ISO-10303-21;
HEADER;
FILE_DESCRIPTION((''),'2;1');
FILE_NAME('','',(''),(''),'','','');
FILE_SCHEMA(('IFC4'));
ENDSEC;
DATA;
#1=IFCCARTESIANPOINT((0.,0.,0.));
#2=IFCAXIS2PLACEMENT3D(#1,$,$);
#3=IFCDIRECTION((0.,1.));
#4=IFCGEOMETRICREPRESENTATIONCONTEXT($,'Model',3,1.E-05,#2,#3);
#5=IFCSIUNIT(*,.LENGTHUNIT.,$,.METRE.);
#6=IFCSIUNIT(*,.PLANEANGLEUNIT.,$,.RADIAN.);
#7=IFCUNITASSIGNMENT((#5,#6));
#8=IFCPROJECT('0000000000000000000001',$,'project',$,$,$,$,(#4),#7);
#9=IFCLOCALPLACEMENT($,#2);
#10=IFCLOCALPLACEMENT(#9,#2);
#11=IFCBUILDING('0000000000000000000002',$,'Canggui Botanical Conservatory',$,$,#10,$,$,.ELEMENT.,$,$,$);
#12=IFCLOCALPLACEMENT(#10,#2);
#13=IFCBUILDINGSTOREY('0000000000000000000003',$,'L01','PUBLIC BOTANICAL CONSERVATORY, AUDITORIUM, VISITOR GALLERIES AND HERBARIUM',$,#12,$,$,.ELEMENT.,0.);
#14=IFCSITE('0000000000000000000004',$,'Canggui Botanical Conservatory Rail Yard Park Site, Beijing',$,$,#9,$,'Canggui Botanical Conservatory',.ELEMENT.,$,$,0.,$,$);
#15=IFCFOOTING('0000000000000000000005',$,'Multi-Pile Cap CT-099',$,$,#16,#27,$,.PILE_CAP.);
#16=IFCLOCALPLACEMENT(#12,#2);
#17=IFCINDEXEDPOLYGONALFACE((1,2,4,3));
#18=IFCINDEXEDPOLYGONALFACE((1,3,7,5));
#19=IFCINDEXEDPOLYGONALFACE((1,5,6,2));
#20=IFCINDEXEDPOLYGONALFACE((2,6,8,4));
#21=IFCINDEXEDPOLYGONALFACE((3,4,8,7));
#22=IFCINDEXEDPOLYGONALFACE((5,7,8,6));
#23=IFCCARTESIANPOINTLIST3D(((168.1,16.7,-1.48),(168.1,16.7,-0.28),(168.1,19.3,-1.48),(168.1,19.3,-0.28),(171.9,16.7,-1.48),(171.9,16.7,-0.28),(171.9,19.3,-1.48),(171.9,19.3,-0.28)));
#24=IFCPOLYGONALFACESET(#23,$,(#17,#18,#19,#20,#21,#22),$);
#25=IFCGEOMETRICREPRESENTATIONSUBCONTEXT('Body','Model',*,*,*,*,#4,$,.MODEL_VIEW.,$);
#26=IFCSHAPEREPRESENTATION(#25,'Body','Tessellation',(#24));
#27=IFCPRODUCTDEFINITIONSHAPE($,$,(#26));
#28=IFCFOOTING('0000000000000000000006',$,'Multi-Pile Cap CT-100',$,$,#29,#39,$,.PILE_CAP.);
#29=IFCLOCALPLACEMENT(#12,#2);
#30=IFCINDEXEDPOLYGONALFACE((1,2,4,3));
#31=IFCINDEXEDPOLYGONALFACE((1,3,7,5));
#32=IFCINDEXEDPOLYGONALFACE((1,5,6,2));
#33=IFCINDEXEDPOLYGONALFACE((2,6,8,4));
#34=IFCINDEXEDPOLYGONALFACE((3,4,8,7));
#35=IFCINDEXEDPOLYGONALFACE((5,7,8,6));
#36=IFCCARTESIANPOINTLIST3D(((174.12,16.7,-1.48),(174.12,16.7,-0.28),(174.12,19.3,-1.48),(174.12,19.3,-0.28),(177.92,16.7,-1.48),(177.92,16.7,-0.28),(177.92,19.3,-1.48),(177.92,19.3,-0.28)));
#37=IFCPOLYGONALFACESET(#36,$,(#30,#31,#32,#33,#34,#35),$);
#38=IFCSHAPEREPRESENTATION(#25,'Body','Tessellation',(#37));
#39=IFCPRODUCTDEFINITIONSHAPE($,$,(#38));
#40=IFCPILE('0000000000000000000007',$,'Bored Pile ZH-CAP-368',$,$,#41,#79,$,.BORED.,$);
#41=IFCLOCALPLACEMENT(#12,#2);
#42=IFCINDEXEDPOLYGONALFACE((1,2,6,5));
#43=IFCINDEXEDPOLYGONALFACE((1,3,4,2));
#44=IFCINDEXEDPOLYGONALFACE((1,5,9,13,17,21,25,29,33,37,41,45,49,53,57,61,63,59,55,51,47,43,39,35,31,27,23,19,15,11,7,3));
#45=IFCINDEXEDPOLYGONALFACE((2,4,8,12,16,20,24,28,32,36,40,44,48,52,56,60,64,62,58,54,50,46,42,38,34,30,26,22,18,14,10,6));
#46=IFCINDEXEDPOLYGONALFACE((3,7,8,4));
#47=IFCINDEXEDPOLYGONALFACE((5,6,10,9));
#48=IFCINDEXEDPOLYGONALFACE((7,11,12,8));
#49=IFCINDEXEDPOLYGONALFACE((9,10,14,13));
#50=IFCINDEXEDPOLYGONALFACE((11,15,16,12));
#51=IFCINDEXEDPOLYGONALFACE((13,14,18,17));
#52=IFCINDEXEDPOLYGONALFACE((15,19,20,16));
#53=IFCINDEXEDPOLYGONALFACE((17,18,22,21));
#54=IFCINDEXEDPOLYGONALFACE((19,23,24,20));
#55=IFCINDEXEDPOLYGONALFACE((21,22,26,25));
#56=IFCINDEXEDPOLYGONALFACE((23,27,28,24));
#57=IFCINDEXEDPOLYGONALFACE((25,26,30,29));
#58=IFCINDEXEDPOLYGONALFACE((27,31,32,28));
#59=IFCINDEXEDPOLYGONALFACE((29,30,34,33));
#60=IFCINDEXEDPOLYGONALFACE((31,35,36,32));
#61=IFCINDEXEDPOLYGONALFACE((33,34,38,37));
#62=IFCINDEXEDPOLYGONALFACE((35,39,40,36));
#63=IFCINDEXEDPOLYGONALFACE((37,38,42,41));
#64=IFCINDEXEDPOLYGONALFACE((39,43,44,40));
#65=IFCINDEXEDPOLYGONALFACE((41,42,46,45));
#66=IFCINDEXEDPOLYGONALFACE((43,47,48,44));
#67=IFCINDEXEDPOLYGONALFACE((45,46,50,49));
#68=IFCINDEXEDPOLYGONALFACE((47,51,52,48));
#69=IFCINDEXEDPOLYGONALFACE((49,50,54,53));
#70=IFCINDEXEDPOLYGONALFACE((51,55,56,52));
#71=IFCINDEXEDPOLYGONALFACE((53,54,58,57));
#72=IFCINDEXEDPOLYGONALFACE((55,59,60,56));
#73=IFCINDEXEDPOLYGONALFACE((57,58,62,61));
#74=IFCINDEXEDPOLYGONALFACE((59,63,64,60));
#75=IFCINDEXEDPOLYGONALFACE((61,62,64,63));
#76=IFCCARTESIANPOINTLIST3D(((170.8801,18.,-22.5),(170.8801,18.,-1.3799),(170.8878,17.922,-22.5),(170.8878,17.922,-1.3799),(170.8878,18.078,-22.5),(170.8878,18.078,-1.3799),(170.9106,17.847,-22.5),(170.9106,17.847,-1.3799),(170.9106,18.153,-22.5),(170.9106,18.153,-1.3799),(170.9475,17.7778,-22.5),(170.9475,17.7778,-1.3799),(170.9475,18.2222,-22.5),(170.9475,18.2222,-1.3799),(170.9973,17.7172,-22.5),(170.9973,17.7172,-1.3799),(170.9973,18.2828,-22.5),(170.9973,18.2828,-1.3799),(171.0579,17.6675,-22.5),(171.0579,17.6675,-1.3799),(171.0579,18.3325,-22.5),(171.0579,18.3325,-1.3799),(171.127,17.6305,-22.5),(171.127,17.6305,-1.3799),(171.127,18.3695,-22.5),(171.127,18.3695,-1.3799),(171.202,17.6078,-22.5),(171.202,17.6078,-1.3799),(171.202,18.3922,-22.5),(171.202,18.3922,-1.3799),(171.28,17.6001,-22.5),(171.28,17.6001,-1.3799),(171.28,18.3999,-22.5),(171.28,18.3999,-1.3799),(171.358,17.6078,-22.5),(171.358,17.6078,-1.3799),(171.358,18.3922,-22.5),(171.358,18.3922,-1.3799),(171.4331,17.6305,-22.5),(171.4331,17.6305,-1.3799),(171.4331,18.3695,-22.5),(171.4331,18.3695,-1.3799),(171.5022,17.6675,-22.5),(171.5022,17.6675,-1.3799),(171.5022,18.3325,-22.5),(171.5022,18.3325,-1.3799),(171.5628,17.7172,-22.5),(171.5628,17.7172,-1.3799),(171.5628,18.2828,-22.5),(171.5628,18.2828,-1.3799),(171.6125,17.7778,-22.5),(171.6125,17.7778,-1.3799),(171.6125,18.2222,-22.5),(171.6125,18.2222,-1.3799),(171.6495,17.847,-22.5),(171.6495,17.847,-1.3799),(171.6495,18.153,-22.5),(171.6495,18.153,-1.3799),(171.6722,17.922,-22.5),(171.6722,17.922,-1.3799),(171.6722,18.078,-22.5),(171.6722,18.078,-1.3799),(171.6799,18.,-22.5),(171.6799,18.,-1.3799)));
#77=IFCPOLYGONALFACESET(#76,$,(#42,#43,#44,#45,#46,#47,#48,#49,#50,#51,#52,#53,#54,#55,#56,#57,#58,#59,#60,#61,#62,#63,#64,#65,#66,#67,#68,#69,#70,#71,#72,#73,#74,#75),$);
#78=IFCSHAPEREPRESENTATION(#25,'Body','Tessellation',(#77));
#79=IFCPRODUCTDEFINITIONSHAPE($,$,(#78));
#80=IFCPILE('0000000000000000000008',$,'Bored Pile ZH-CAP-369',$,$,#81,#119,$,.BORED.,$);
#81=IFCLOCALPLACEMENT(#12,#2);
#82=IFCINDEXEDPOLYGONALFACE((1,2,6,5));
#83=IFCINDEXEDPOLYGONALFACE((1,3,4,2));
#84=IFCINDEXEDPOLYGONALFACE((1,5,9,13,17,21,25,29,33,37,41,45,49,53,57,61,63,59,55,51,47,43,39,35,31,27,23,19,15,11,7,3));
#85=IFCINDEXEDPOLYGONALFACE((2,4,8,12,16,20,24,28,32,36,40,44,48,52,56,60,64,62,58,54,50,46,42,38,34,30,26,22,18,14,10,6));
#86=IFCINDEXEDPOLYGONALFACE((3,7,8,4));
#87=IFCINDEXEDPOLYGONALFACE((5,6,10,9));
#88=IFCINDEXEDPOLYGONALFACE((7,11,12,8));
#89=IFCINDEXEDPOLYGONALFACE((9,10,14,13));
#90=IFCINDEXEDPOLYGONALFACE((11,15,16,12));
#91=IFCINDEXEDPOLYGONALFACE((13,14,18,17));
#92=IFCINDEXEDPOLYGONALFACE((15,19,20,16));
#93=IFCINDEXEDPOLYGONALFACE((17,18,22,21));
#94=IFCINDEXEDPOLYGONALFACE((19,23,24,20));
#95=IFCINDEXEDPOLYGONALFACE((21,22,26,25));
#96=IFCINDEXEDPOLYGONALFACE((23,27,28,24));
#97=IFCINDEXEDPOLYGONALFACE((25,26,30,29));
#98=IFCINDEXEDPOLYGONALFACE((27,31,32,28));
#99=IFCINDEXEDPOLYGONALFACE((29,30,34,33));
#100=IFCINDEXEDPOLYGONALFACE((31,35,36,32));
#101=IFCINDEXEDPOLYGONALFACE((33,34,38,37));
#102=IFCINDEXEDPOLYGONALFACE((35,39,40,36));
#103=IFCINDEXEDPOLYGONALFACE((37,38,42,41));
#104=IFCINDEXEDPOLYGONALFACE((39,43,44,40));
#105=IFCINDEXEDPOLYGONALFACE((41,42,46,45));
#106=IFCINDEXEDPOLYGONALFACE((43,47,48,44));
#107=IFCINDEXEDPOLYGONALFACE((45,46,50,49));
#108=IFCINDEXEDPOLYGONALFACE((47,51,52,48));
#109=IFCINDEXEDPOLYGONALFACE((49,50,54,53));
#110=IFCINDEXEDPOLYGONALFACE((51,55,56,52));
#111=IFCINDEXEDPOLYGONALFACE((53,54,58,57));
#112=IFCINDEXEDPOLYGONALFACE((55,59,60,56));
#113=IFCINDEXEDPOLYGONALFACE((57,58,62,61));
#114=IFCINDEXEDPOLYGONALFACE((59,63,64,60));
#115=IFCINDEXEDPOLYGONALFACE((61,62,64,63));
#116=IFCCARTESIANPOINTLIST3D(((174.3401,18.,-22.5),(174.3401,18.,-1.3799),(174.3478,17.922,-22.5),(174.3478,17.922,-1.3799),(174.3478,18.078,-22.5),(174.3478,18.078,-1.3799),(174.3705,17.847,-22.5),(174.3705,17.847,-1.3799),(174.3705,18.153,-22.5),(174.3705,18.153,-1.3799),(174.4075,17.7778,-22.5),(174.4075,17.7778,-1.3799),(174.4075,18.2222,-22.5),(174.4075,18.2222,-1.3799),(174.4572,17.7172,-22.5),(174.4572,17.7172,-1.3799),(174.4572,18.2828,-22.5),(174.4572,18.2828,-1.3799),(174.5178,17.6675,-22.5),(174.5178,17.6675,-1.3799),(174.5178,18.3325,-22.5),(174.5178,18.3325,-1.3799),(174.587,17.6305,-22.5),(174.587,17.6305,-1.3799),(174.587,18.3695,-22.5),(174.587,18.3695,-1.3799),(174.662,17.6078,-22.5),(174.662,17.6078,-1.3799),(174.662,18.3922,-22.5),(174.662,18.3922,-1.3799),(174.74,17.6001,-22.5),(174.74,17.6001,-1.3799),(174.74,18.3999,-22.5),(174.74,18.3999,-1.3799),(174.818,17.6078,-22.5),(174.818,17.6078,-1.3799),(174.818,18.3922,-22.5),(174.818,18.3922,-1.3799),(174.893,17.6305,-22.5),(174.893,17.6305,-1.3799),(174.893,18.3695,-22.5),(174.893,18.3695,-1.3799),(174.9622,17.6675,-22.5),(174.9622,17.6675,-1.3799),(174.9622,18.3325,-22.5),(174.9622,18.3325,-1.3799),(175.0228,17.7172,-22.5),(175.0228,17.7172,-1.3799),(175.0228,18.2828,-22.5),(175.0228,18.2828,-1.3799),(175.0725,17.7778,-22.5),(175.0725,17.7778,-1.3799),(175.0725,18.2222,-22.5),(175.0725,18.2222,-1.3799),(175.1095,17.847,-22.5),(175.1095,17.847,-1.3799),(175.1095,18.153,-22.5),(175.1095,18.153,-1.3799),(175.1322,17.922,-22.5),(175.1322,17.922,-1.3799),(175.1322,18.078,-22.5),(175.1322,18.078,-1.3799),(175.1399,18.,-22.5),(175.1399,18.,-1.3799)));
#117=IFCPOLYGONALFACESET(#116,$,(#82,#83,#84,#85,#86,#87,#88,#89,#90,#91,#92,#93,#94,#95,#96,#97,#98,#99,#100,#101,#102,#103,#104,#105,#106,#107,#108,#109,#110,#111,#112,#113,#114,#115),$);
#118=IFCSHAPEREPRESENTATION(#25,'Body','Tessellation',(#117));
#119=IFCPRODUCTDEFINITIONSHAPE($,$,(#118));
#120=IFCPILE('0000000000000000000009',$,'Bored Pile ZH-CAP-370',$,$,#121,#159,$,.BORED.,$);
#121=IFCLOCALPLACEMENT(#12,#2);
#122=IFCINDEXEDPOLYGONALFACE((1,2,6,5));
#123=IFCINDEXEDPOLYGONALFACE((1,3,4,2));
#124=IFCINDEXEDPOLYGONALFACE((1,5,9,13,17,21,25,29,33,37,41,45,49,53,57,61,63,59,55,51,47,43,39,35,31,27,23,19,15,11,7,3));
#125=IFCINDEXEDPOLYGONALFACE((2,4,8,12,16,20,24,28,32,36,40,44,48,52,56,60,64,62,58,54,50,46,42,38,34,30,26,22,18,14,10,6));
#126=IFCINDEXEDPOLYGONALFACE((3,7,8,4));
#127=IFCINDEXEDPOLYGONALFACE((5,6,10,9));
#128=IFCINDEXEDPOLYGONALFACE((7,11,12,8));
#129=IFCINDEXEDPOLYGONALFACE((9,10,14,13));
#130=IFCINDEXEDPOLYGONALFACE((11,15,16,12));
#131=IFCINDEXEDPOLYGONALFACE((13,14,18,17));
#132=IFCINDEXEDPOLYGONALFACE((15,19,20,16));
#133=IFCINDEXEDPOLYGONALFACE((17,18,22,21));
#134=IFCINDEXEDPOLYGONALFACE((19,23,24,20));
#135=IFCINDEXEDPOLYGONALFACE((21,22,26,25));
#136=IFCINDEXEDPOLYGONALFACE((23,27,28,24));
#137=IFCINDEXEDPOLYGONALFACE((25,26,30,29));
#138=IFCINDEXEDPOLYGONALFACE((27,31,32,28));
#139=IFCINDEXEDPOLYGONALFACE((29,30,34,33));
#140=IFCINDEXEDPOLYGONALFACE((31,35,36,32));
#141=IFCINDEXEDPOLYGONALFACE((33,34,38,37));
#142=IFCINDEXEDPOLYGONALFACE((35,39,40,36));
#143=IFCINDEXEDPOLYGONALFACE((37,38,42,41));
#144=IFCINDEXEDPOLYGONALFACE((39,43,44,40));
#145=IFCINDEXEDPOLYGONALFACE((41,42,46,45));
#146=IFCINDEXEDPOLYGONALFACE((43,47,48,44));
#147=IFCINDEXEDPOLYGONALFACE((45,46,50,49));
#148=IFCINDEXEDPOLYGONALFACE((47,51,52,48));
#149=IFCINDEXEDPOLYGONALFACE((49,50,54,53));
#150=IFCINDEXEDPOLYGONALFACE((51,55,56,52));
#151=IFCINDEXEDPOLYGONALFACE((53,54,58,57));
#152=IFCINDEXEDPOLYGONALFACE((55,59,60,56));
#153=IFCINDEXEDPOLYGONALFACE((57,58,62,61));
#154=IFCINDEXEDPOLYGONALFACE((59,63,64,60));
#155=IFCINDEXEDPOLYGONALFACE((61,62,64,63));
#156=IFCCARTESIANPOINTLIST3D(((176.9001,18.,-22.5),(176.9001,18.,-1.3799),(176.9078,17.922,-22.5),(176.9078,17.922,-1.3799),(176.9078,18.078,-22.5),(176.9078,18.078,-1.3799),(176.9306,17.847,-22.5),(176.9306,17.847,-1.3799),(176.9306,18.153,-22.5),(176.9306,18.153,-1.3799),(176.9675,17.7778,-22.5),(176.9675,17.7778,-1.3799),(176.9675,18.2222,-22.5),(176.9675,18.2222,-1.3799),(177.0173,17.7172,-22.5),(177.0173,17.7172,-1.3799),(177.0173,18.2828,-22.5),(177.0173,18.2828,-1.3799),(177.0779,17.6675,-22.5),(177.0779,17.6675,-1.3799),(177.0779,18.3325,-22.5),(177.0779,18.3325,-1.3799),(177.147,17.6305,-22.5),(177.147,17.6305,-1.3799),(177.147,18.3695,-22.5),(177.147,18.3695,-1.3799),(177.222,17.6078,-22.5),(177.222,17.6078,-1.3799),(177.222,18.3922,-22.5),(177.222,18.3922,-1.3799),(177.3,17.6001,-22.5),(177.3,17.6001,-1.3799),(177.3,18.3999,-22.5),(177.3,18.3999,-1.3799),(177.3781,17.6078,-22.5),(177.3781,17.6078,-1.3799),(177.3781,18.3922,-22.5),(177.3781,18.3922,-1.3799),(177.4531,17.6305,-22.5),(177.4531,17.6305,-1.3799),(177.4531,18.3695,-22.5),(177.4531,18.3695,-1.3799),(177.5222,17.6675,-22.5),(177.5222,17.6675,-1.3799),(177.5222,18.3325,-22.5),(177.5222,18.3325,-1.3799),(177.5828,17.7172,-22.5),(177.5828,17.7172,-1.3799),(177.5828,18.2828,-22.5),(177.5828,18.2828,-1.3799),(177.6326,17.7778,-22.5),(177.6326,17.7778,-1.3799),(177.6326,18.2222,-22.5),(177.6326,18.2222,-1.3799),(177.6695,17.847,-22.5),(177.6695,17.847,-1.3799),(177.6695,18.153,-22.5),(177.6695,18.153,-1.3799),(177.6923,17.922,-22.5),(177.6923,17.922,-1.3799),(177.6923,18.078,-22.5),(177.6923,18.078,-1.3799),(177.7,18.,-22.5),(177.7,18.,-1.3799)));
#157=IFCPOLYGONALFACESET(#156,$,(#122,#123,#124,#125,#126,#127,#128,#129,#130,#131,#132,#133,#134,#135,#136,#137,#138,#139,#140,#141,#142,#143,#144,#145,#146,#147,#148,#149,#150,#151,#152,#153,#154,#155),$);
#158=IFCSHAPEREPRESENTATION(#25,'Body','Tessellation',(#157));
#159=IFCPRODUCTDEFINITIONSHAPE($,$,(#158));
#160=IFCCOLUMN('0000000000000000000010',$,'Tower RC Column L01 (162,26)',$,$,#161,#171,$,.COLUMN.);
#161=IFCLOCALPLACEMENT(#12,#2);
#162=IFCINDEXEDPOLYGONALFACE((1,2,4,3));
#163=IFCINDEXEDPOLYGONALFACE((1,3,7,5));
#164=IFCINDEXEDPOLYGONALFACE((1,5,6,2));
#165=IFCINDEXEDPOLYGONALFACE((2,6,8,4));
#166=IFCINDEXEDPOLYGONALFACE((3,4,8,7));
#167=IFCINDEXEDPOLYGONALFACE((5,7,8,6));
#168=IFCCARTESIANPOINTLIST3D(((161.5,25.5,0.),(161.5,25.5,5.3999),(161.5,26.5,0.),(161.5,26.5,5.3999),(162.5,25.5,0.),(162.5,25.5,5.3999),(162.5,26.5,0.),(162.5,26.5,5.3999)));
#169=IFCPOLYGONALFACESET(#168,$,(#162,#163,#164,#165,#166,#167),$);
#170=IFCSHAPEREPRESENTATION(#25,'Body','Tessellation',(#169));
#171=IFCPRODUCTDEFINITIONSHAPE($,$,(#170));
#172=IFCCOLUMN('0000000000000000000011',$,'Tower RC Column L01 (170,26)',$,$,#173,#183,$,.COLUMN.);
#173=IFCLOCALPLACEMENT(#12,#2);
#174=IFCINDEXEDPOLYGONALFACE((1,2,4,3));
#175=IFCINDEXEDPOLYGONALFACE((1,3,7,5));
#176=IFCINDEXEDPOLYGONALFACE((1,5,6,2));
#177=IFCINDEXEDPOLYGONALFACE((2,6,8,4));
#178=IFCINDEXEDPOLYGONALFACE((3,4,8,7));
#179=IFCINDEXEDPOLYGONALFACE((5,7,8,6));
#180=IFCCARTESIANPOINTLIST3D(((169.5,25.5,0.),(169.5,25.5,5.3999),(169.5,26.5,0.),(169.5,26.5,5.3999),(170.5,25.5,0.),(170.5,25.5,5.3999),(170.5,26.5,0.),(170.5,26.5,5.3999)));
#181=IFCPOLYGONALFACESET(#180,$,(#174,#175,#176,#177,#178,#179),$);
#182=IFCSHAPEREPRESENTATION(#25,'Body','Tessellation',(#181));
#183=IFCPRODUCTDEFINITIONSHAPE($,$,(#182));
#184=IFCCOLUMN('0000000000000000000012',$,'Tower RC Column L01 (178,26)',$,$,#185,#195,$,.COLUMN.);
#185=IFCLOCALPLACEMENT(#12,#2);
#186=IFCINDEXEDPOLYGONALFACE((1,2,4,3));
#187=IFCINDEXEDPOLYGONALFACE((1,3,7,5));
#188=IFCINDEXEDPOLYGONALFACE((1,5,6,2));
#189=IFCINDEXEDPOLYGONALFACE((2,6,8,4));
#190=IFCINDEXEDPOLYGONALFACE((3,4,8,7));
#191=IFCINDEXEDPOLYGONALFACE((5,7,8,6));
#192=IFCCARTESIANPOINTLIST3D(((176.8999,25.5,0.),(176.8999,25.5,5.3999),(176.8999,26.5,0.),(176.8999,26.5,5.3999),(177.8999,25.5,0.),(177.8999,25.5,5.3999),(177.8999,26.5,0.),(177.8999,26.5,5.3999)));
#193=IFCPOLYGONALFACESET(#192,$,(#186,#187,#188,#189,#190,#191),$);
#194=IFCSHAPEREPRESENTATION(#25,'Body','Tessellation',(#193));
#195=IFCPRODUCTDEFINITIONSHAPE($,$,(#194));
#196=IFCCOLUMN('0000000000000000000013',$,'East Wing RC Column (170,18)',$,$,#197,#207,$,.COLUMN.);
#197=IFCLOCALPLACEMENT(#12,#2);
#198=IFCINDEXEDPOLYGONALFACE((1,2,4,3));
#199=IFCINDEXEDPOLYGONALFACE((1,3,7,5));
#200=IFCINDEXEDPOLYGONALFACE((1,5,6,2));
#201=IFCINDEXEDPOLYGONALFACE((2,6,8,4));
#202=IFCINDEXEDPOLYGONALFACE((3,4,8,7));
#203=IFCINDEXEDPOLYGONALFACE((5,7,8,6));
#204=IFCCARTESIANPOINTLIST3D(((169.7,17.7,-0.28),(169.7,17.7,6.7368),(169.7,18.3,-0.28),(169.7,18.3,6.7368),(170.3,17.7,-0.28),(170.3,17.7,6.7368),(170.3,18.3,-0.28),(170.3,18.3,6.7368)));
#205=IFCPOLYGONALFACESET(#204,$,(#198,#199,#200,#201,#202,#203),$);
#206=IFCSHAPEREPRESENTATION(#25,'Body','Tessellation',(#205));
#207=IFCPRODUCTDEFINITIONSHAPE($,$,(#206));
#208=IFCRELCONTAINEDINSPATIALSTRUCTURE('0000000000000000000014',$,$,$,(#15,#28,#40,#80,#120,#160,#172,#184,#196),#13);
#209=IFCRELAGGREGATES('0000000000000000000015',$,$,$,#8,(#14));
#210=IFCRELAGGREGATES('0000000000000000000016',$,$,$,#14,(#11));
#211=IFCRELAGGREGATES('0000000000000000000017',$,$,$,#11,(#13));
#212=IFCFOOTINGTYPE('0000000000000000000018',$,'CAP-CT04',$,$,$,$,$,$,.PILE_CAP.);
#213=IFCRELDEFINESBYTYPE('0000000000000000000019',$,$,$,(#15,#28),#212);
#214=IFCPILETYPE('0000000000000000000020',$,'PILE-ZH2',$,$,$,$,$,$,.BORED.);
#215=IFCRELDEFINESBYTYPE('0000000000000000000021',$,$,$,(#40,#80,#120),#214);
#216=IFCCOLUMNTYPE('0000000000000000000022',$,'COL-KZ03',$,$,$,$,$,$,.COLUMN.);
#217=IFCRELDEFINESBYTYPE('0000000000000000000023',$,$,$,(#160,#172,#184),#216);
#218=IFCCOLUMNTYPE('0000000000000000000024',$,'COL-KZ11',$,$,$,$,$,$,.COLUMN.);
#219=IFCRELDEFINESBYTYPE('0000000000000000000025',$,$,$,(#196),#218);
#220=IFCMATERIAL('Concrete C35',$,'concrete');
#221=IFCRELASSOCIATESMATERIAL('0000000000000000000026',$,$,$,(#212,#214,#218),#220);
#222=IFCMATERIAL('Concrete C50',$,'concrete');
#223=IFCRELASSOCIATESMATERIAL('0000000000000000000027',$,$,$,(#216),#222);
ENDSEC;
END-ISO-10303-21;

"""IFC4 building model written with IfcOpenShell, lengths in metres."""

from ifc_helpers import new_model, si_unit, direction, frame, origin, origin_2d, place, context, subcontext, project, spatial, rectangle, circle, extrude, material, material_profile, profile_set, type_object, element, save


model = new_model("IFC4")

# Units and contexts
model_context = context("Model", 3, precision=1e-05, world=origin(), true_north=direction((0.0, 1.0)))
body_context = subcontext(model_context, "Body", "Model", "MODEL_VIEW")
ifc_project = project(units=[si_unit("LENGTHUNIT", "METRE"), si_unit("PLANEANGLEUNIT", "RADIAN")], contexts=[model_context])

# Site, building, storey
site_placement = place(None, origin())
site = spatial("IfcSite", under=ifc_project, at=site_placement, Name="Canggui Botanical Conservatory Rail Yard Park Site, Beijing", LongName="Canggui Botanical Conservatory", CompositionType="ELEMENT", RefElevation=0.0)
building_placement = place(site_placement, origin())
building = spatial("IfcBuilding", under=site, at=building_placement, Name="Canggui Botanical Conservatory", CompositionType="ELEMENT")
storey_placement = place(building_placement, origin())
storey = spatial("IfcBuildingStorey", under=building, at=storey_placement, Name="L01", Description="PUBLIC BOTANICAL CONSERVATORY, AUDITORIUM, VISITOR GALLERIES AND HERBARIUM", CompositionType="ELEMENT", Elevation=0.0)

# Footings
ifc_material_1 = material(Name="Concrete C35", Category="concrete")
footing_type = type_object("IfcFootingType", Name="CAP-CT04", PredefinedType="PILE_CAP", material=ifc_material_1)
for number, where, z_axis, x_axis, name in (
    (1, (170.0, 18.0, -1.48), (0.0, 0.0, 1.0), (1.0, 0.0, 0.0), "Multi-Pile Cap CT-099"),
    (2, (176.02, 18.0, -1.48), (0.0, 0.0, 1.0), (1.0, 0.0, 0.0), "Multi-Pile Cap CT-100"),
):
    element("IfcFooting", number, at=place(storey_placement, frame(where, z_axis=z_axis, x_axis=x_axis)), inside=storey, type_object=footing_type, Name=name, PredefinedType="PILE_CAP", context=body_context, shape_type="SweptSolid", body=[
        extrude(rectangle(XDim=3.8, YDim=2.6001, at=origin_2d()), origin(), (0.0, 0.0, 1.0), 1.2),
    ])

# Piles
ifc_material_profile_1 = material_profile(ifc_material_1, circle(Radius=0.3999, at=origin_2d()), Name="PILE D800")
ifc_profile_set_1 = profile_set([ifc_material_profile_1], Name="Concrete C35")
pile_type = type_object("IfcPileType", Name="PILE-ZH2", PredefinedType="BORED", material=ifc_profile_set_1)
for number, where, z_axis, x_axis, name in (
    (3, (171.28, 18.0, -1.3799), (0.0, 0.0, -1.0), (1.0, 0.0, 0.0), "Bored Pile ZH-CAP-368"),
    (4, (174.74, 18.0, -1.3799), (0.0, 0.0, -1.0), (1.0, 0.0, 0.0), "Bored Pile ZH-CAP-369"),
    (5, (177.3, 18.0, -1.3799), (0.0, 0.0, -1.0), (1.0, 0.0, 0.0), "Bored Pile ZH-CAP-370"),
):
    element("IfcPile", number, at=place(storey_placement, frame(where, z_axis=z_axis, x_axis=x_axis)), inside=storey, type_object=pile_type, Name=name, PredefinedType="BORED", context=body_context, shape_type="SweptSolid", body=[
        extrude(circle(Radius=0.3999, at=origin_2d()), origin(), (0.0, 0.0, 1.0), 21.1201),
    ])

# Columns
ifc_material_2 = material(Name="Concrete C50", Category="concrete")
ifc_material_profile_2 = material_profile(ifc_material_2, rectangle(XDim=1.0, YDim=1.0, at=origin_2d()), Name="RC 1000x1000")
ifc_profile_set_2 = profile_set([ifc_material_profile_2], Name="Concrete C50")
column_type_1 = type_object("IfcColumnType", Name="COL-KZ03", PredefinedType="COLUMN", material=ifc_profile_set_2)
for number, where, z_axis, x_axis, name in (
    (6, (162.0, 26.0, 0.0), (0.0, 0.0, 1.0), (1.0, 0.0, 0.0), "Tower RC Column L01 (162,26)"),
    (7, (170.0, 26.0, 0.0), (0.0, 0.0, 1.0), (1.0, 0.0, 0.0), "Tower RC Column L01 (170,26)"),
    (8, (177.3999, 26.0, 0.0), (0.0, 0.0, 1.0), (1.0, 0.0, 0.0), "Tower RC Column L01 (178,26)"),
):
    element("IfcColumn", number, at=place(storey_placement, frame(where, z_axis=z_axis, x_axis=x_axis)), inside=storey, type_object=column_type_1, Name=name, PredefinedType="COLUMN", context=body_context, shape_type="SweptSolid", body=[
        extrude(rectangle(XDim=1.0, YDim=1.0, at=origin_2d()), origin(), (0.0, 0.0, 1.0), 5.3999),
    ])
ifc_material_profile_3 = material_profile(ifc_material_1, rectangle(XDim=0.6001, YDim=0.6001, at=origin_2d()), Name="RC 600x600")
ifc_profile_set_3 = profile_set([ifc_material_profile_3], Name="Concrete C35")
column_type_2 = type_object("IfcColumnType", Name="COL-KZ11", PredefinedType="COLUMN", material=ifc_profile_set_3)
column_1_placement = place(storey_placement, frame((170.0, 18.0, -0.28), z_axis=(0.0, 0.0, 1.0), x_axis=(1.0, 0.0, 0.0)))
element("IfcColumn", 9, at=column_1_placement, inside=storey, type_object=column_type_2, Name="East Wing RC Column (170,18)", PredefinedType="COLUMN", context=body_context, shape_type="SweptSolid", body=[
    extrude(rectangle(XDim=0.6001, YDim=0.6001, at=origin_2d()), origin(), (0.0, 0.0, 1.0), 7.0168),
])

save(model, "model.ifc")
